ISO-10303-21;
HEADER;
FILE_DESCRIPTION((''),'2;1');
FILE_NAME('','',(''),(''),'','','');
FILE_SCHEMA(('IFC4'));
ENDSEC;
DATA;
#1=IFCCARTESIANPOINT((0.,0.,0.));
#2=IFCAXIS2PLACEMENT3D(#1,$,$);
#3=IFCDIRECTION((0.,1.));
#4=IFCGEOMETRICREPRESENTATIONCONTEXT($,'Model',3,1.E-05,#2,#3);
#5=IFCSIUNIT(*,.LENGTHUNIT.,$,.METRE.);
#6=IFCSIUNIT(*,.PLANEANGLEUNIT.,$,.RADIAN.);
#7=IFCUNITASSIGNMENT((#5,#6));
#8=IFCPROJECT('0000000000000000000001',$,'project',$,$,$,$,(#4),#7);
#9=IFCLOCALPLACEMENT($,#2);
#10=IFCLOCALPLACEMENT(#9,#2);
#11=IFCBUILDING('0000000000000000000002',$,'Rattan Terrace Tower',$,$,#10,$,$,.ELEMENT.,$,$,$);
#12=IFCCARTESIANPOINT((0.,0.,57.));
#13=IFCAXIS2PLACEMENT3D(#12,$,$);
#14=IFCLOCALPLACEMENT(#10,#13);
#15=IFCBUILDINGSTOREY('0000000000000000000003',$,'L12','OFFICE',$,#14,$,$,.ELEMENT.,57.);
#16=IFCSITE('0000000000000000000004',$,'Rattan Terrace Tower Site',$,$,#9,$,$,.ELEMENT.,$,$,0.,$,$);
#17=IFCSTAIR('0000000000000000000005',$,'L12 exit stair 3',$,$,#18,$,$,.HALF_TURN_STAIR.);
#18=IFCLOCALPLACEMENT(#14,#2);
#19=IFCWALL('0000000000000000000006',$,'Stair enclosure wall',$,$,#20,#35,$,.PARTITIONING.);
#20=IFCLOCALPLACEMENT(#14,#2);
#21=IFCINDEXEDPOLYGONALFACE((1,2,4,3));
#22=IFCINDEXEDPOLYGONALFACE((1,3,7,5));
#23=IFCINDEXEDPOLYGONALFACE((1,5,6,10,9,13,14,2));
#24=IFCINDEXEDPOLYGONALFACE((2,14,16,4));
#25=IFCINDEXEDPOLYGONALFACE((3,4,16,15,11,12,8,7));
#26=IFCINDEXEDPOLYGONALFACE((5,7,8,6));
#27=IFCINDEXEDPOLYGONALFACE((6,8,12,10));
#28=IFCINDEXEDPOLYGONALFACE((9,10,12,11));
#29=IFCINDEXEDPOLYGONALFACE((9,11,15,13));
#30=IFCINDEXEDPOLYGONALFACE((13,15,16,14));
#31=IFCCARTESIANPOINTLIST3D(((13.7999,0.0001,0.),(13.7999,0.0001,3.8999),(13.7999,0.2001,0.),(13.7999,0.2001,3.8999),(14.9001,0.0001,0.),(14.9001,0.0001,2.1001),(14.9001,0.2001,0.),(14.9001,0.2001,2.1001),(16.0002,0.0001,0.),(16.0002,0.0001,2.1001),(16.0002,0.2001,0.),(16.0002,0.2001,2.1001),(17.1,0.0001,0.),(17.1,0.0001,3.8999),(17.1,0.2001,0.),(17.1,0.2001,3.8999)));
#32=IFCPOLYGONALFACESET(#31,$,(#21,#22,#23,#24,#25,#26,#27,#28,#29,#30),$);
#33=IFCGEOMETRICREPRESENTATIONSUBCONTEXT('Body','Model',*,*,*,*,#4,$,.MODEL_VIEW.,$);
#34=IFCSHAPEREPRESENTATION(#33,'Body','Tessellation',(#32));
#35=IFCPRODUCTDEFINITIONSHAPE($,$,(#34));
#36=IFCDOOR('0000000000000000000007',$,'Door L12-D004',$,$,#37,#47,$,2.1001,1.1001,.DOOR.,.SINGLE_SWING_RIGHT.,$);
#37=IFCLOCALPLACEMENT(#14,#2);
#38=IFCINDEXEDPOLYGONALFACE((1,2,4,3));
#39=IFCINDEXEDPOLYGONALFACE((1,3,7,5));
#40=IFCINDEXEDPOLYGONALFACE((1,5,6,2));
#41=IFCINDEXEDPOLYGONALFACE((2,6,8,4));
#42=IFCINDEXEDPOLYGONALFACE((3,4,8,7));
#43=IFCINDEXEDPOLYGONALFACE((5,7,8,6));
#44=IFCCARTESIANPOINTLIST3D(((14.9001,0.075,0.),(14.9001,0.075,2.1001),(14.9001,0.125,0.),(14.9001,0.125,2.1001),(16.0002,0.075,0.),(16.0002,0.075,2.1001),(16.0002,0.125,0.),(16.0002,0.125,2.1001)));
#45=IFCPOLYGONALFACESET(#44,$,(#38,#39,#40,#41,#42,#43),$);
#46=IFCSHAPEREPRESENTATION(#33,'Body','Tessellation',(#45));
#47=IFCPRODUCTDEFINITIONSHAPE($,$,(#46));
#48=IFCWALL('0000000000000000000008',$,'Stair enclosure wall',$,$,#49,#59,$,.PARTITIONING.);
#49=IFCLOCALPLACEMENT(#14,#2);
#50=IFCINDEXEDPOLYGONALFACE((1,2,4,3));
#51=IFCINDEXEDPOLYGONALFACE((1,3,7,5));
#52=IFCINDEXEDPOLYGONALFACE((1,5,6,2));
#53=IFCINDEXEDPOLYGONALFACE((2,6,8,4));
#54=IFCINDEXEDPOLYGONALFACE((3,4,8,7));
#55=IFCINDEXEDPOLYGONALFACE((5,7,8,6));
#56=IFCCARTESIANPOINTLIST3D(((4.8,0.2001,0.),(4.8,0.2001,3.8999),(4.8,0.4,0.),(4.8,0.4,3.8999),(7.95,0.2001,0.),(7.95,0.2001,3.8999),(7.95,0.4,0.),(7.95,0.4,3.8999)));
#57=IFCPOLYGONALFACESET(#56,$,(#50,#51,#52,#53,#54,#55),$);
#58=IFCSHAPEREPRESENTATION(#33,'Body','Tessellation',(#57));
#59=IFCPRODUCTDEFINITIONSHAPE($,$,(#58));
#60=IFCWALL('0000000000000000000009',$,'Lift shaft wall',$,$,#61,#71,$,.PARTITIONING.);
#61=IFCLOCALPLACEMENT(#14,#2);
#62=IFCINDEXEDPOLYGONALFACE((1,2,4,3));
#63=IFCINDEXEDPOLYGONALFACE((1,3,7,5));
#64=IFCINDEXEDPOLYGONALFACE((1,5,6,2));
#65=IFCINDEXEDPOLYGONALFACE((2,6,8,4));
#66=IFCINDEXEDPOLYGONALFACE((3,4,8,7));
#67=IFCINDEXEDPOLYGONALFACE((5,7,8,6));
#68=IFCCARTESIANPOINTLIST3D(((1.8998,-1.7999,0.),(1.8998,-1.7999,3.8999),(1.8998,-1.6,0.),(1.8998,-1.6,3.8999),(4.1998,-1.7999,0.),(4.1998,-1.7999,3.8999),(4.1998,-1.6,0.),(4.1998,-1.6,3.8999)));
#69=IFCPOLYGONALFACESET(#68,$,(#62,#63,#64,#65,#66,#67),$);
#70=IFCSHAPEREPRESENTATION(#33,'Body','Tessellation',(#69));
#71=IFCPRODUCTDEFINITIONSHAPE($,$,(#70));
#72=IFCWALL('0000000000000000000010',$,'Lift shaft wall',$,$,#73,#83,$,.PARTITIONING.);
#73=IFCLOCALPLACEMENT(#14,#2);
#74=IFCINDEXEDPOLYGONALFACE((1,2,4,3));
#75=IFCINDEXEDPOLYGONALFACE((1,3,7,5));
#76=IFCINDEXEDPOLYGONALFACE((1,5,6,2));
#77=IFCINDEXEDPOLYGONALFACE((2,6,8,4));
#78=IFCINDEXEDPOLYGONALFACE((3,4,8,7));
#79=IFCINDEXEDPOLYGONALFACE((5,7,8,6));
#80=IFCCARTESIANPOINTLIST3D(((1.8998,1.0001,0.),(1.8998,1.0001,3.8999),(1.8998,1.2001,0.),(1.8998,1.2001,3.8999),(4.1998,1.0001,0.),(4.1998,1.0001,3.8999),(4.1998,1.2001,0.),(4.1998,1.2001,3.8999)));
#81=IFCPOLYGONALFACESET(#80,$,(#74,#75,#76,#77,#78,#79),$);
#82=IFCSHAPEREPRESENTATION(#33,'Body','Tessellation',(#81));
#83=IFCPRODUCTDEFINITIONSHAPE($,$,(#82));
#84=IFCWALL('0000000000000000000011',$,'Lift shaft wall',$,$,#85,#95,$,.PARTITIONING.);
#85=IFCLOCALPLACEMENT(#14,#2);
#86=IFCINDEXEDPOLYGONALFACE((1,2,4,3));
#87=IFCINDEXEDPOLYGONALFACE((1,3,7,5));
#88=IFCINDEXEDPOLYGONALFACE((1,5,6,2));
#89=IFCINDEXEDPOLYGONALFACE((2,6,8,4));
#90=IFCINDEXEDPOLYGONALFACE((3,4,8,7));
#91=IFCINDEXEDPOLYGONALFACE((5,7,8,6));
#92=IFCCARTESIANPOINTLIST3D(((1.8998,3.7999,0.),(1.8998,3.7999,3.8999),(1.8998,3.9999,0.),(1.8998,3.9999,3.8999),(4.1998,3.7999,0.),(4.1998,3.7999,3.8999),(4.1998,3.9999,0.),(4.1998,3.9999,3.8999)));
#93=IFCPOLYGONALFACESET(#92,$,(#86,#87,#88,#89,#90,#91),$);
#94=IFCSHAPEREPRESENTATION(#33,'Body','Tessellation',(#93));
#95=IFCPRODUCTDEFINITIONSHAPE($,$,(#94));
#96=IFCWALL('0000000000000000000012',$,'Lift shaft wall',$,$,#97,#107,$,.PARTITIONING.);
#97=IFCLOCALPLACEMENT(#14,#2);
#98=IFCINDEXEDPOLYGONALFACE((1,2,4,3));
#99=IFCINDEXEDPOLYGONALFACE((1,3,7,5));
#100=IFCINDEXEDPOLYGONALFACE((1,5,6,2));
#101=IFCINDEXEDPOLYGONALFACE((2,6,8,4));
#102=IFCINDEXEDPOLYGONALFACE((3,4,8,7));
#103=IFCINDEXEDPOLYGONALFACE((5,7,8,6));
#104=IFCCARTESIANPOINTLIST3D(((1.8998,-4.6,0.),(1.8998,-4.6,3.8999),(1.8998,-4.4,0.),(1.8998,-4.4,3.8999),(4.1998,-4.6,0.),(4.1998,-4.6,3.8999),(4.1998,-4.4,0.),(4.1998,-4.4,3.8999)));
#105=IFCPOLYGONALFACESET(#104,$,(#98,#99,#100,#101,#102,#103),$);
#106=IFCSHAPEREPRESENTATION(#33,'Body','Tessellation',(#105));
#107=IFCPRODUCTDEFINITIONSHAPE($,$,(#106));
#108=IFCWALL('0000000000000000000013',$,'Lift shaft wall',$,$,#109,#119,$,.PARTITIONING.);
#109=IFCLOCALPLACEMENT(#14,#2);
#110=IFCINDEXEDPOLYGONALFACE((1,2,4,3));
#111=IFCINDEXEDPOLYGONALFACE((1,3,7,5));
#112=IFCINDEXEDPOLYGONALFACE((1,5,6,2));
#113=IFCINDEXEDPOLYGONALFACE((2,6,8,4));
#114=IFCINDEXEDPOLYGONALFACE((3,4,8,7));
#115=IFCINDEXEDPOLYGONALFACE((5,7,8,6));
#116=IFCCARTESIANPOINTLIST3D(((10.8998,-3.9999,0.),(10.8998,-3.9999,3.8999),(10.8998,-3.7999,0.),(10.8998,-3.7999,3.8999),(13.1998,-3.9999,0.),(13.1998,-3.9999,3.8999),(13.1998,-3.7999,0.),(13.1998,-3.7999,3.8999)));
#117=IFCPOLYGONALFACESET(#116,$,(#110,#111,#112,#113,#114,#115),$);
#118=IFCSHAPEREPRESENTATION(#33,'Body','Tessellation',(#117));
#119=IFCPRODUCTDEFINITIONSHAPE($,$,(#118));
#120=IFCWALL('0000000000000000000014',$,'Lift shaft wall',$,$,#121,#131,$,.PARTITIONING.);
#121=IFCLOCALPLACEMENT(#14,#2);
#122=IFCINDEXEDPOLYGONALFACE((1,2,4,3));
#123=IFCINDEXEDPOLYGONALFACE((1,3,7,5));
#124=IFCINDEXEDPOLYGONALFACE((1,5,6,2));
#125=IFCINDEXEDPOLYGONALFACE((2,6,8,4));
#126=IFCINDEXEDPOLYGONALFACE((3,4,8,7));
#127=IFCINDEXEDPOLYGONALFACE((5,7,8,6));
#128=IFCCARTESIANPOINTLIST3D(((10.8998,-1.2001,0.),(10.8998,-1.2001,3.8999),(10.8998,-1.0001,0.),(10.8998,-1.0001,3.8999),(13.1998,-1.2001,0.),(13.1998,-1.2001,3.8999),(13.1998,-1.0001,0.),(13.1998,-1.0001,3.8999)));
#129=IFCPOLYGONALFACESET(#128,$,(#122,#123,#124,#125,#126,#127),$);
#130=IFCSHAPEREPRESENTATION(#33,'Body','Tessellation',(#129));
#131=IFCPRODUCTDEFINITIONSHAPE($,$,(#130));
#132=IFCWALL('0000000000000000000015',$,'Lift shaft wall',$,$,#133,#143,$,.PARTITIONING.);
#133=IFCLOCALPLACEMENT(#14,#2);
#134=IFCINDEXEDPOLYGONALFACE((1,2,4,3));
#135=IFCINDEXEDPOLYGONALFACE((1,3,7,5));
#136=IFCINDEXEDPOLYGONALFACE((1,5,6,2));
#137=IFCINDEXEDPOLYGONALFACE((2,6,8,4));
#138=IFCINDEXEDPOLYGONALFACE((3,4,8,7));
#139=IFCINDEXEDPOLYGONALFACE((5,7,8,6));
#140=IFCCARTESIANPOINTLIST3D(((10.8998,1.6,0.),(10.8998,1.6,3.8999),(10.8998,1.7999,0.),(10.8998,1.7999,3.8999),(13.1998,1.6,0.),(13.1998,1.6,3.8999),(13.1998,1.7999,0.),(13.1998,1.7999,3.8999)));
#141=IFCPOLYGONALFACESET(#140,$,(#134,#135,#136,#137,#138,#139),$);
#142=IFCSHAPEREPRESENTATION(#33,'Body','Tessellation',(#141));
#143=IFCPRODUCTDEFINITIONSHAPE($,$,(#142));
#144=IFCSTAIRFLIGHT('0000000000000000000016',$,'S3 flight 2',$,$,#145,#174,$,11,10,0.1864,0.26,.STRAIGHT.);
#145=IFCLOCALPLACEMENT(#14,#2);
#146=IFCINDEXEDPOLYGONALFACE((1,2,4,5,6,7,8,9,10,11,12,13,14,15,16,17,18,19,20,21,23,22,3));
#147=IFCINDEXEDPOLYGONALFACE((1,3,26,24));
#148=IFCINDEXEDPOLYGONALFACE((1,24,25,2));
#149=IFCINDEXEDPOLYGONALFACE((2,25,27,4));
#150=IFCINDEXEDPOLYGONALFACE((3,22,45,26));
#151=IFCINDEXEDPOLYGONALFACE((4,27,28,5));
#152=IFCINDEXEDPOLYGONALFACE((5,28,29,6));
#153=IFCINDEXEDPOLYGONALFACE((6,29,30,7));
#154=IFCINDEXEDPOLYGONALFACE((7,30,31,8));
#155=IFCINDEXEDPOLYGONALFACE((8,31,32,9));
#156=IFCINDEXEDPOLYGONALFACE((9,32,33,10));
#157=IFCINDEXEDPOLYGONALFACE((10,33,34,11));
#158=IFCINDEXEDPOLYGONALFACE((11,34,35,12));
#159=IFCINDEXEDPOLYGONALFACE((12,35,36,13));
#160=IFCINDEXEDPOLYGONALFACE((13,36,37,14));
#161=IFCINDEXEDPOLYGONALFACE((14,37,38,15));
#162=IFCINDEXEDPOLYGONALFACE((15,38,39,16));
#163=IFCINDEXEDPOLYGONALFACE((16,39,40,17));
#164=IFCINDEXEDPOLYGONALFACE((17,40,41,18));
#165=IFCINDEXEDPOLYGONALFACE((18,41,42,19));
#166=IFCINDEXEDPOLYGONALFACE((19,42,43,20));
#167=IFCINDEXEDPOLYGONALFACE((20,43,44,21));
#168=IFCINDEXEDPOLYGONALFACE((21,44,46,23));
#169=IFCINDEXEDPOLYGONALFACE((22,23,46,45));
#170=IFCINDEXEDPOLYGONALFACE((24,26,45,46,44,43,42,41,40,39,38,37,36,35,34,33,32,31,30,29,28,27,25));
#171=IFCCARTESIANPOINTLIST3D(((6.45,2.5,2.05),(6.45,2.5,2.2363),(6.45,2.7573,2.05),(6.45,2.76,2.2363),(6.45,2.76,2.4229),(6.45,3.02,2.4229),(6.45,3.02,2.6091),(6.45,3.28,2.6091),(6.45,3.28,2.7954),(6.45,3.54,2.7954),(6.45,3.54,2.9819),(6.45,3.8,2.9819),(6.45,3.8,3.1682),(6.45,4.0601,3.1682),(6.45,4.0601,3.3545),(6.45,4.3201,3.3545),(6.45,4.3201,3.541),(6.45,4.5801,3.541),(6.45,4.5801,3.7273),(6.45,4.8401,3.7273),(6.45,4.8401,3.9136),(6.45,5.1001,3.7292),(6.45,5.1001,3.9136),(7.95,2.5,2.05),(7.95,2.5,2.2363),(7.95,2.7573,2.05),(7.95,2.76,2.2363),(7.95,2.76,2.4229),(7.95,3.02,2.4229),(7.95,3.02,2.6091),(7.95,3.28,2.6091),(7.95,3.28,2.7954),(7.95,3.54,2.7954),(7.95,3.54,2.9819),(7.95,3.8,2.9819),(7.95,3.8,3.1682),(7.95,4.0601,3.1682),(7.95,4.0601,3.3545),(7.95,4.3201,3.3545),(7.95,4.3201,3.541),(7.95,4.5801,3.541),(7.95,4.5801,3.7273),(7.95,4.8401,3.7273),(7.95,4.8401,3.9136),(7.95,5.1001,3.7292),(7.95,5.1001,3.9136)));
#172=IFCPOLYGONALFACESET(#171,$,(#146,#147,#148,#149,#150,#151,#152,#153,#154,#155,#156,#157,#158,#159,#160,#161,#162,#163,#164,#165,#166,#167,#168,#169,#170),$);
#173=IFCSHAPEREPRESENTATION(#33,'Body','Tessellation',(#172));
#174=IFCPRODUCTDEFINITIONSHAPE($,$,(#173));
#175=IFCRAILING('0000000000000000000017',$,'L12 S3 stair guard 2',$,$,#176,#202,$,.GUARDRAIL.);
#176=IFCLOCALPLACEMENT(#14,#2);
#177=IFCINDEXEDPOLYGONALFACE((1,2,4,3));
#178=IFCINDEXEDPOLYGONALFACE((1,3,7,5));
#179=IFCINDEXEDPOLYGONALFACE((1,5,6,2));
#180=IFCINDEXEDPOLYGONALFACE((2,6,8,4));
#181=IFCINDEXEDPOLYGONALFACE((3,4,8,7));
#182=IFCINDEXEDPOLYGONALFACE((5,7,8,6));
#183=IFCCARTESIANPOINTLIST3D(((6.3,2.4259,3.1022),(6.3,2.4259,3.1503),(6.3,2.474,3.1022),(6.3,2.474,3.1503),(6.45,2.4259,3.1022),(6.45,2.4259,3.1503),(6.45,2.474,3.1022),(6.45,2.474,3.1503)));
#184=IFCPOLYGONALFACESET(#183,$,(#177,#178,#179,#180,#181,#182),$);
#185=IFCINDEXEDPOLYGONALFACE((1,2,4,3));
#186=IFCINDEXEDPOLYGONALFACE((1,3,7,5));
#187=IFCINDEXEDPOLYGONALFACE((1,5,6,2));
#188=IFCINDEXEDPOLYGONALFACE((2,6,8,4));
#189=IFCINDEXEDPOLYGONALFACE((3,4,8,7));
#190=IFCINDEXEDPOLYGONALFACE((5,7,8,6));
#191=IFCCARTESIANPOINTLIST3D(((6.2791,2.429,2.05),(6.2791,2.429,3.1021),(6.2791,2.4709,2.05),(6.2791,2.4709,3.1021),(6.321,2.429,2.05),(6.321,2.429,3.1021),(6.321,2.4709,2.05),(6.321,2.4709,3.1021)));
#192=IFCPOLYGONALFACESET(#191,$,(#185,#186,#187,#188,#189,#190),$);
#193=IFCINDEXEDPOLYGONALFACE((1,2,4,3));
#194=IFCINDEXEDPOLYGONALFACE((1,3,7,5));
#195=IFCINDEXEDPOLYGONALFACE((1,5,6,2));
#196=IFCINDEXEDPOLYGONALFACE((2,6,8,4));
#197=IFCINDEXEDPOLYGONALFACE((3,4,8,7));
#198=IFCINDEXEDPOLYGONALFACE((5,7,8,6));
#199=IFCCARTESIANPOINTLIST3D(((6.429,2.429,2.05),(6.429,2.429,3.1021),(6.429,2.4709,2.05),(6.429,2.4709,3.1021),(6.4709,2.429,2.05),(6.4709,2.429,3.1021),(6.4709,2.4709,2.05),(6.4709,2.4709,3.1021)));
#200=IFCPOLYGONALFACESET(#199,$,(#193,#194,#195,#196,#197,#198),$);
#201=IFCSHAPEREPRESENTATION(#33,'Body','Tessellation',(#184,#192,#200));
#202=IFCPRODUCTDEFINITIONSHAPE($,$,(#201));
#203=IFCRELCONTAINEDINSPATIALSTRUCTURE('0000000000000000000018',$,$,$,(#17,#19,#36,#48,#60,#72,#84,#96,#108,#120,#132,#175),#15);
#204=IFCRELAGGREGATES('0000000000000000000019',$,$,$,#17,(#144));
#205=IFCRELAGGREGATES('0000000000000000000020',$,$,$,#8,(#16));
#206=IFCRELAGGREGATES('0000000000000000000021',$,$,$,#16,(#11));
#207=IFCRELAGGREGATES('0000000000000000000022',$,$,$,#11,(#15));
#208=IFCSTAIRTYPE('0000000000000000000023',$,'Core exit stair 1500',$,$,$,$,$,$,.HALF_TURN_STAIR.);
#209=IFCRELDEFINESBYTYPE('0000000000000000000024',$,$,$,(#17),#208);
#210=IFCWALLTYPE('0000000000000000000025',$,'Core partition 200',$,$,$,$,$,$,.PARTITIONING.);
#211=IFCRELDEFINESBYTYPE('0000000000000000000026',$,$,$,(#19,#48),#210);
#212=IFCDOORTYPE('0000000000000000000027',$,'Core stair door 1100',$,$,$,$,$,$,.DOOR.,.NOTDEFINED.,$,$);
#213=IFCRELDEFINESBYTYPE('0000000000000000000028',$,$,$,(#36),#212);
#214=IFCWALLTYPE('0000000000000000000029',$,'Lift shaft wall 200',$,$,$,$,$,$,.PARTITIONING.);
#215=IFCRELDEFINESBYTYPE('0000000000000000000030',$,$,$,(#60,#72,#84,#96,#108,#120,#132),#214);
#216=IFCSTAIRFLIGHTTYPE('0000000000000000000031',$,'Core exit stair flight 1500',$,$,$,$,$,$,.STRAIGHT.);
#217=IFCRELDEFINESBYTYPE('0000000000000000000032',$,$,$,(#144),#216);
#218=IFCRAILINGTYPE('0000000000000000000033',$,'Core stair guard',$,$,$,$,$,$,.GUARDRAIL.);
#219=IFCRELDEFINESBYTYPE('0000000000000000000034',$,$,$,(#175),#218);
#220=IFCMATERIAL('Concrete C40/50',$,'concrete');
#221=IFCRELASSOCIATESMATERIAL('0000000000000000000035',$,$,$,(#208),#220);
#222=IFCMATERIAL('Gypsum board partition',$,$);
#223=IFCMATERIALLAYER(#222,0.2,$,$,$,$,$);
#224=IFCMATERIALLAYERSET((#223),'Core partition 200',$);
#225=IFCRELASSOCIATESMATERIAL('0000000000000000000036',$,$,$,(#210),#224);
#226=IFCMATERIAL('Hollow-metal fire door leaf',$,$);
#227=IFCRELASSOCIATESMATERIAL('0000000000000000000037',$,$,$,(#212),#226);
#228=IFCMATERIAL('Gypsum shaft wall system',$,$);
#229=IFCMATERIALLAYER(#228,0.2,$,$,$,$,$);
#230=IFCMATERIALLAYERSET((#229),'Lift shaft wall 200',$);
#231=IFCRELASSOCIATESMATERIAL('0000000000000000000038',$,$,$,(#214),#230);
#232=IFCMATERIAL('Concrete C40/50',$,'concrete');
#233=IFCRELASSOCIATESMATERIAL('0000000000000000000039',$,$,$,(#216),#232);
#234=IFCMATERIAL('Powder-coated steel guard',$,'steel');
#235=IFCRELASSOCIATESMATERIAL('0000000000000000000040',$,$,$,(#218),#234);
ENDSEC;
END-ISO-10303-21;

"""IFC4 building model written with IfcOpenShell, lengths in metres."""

from ifc_helpers import new_model, si_unit, direction, frame, frame_2d, origin, origin_2d, place, context, subcontext, project, spatial, polyline, rectangle, outline, extrude, material, layer, layer_set, type_object, element, fill, aggregate, save


model = new_model("IFC4")

# Units and contexts
model_context = context("Model", 3, precision=1e-05, world=origin(), true_north=direction((0.0, 1.0)))
body_context = subcontext(model_context, "Body", "Model", "MODEL_VIEW")
ifc_project = project(units=[si_unit("LENGTHUNIT", "METRE"), si_unit("PLANEANGLEUNIT", "RADIAN")], contexts=[model_context])

# Site, building, storey
site_placement = place(None, origin())
site = spatial("IfcSite", under=ifc_project, at=site_placement, Name="Rattan Terrace Tower Site", CompositionType="ELEMENT", RefElevation=0.0)
building_placement = place(site_placement, origin())
building = spatial("IfcBuilding", under=site, at=building_placement, Name="Rattan Terrace Tower", CompositionType="ELEMENT")
storey_placement = place(building_placement, frame((0.0, 0.0, 57.0)))
storey = spatial("IfcBuildingStorey", under=building, at=storey_placement, Name="L12", Description="OFFICE", CompositionType="ELEMENT", Elevation=57.0)

# Stair
ifc_material_1 = material(Name="Concrete C40/50", Category="concrete")
stair_type = type_object("IfcStairType", Name="Core exit stair 1500", PredefinedType="HALF_TURN_STAIR", material=ifc_material_1)
stair_1_placement = place(storey_placement, origin())
stair_1 = element("IfcStair", 1, at=stair_1_placement, inside=storey, type_object=stair_type, Name="L12 exit stair 3", PredefinedType="HALF_TURN_STAIR")

# Wall, opening, door
ifc_material_2 = material(Name="Gypsum board partition")
ifc_layer_1 = layer(ifc_material_2, 0.2)
ifc_layer_set_1 = layer_set([ifc_layer_1], Name="Core partition 200")
wall_type_1 = type_object("IfcWallType", Name="Core partition 200", PredefinedType="PARTITIONING", material=ifc_layer_set_1)
wall_1_placement = place(storey_placement, frame((13.8, 0.1001, 0.0), z_axis=(0.0, 0.0, 1.0), x_axis=(1.0, 0.0, 0.0)))
wall_1 = element("IfcWall", 2, at=wall_1_placement, inside=storey, type_object=wall_type_1, Name="Stair enclosure wall", PredefinedType="PARTITIONING", context=body_context, shape_type="SweptSolid", body=[
    extrude(rectangle(XDim=3.3, YDim=0.2, at=frame_2d((1.6499, 0.0))), origin(), (0.0, 0.0, 1.0), 3.8999),
])
opening_1_placement = place(wall_1_placement, frame((1.1001, 0.0, 0.0)))
opening_1 = element("IfcOpeningElement", 3, at=opening_1_placement, cuts=wall_1, PredefinedType="OPENING", context=body_context, shape_type="SweptSolid", body=[
    extrude(rectangle(XDim=1.1001, YDim=2.1001, at=frame_2d((0.55, 1.05))), frame((0.0, 0.1106, 0.0), z_axis=(0.0, -1.0, 0.0), x_axis=(1.0, 0.0, 0.0)), (0.0, 0.0, 1.0), 0.2209),
])
ifc_material_3 = material(Name="Hollow-metal fire door leaf")
door_type_1 = type_object("IfcDoorType", Name="Core stair door 1100", OperationType="NOTDEFINED", PredefinedType="DOOR", material=ifc_material_3)
door_1_placement = place(opening_1_placement, origin())
door_1 = element("IfcDoor", 4, at=door_1_placement, inside=storey, type_object=door_type_1, Name="Door L12-D004", OperationType="SINGLE_SWING_RIGHT", OverallHeight=2.1001, OverallWidth=1.1001, PredefinedType="DOOR", context=body_context, shape_type="SweptSolid", body=[
    extrude(rectangle(XDim=1.1001, YDim=2.1001, at=frame_2d((0.55, 1.05))), frame((0.0, 0.0249, 0.0), z_axis=(0.0, -1.0, 0.0), x_axis=(1.0, 0.0, 0.0)), (0.0, 0.0, 1.0), 0.05),
])
fill(opening_1, door_1)

# Walls
wall_2_placement = place(storey_placement, frame((4.8, 0.3, 0.0), z_axis=(0.0, 0.0, 1.0), x_axis=(1.0, 0.0, 0.0)))
element("IfcWall", 5, at=wall_2_placement, inside=storey, type_object=wall_type_1, Name="Stair enclosure wall", PredefinedType="PARTITIONING", context=body_context, shape_type="SweptSolid", body=[
    extrude(rectangle(XDim=3.1499, YDim=0.2, at=frame_2d((1.575, 0.0))), origin(), (0.0, 0.0, 1.0), 3.8999),
])
ifc_material_4 = material(Name="Gypsum shaft wall system")
ifc_layer_2 = layer(ifc_material_4, 0.2)
ifc_layer_set_2 = layer_set([ifc_layer_2], Name="Lift shaft wall 200")
wall_type_2 = type_object("IfcWallType", Name="Lift shaft wall 200", PredefinedType="PARTITIONING", material=ifc_layer_set_2)
for number, where, z_axis, x_axis, name in (
    (6, (1.8999, -1.7, 0.0), (0.0, 0.0, 1.0), (1.0, 0.0, 0.0), "Lift shaft wall"),
    (7, (1.8999, 1.1001, 0.0), (0.0, 0.0, 1.0), (1.0, 0.0, 0.0), "Lift shaft wall"),
    (8, (1.8999, 3.8999, 0.0), (0.0, 0.0, 1.0), (1.0, 0.0, 0.0), "Lift shaft wall"),
    (9, (1.8999, -4.5, 0.0), (0.0, 0.0, 1.0), (1.0, 0.0, 0.0), "Lift shaft wall"),
    (10, (10.8999, -3.8999, 0.0), (0.0, 0.0, 1.0), (1.0, 0.0, 0.0), "Lift shaft wall"),
    (11, (10.8999, -1.1001, 0.0), (0.0, 0.0, 1.0), (1.0, 0.0, 0.0), "Lift shaft wall"),
    (12, (10.8999, 1.7, 0.0), (0.0, 0.0, 1.0), (1.0, 0.0, 0.0), "Lift shaft wall"),
):
    element("IfcWall", number, at=place(storey_placement, frame(where, z_axis=z_axis, x_axis=x_axis)), inside=storey, type_object=wall_type_2, Name=name, PredefinedType="PARTITIONING", context=body_context, shape_type="SweptSolid", body=[
        extrude(rectangle(XDim=2.3, YDim=0.2, at=frame_2d((1.1499, 0.0))), origin(), (0.0, 0.0, 1.0), 3.8999),
    ])

# Stair flight
ifc_material_5 = material(Name="Concrete C40/50", Category="concrete")
stair_flight_type = type_object("IfcStairFlightType", Name="Core exit stair flight 1500", PredefinedType="STRAIGHT", material=ifc_material_5)
stair_flight_placement = place(storey_placement, frame((7.2, 2.5, 2.05), z_axis=(0.0, 0.0, 1.0), x_axis=(0.0, 1.0, 0.0)))
stair_flight = element("IfcStairFlight", 13, at=stair_flight_placement, type_object=stair_flight_type, Name="S3 flight 2", NumberOfRisers=11, NumberOfTreads=10, PredefinedType="STRAIGHT", RiserHeight=0.1864, TreadLength=0.26, context=body_context, shape_type="SweptSolid", body=[
    extrude(outline(polyline([(0.0, 0.0), (0.0, 0.1863), (0.26, 0.1863), (0.26, 0.3728), (0.52, 0.3728), (0.52, 0.5591), (0.78, 0.5591), (0.78, 0.7454), (1.04, 0.7454), (1.04, 0.9319), (1.3, 0.9319), (1.3, 1.1182), (1.5601, 1.1182), (1.5601, 1.3044), (1.8201, 1.3044), (1.8201, 1.491), (2.0801, 1.491), (2.0801, 1.6772), (2.3401, 1.6772), (2.3401, 1.8635), (2.6001, 1.8635), (2.6001, 2.05), (2.6001, 1.6792), (0.2573, 0.0), (0.0, 0.0)])), frame((0.0, 0.75, 0.0), z_axis=(0.0, -1.0, 0.0), x_axis=(1.0, 0.0, 0.0)), (0.0, 0.0, 1.0), 1.5),
])
aggregate(stair_1, [stair_flight])

# Railing
ifc_material_6 = material(Name="Powder-coated steel guard", Category="steel")
railing_type_1 = type_object("IfcRailingType", Name="Core stair guard", PredefinedType="GUARDRAIL", material=ifc_material_6)
railing_1_placement = place(storey_placement, frame((6.3, 2.45, 2.05)))
element("IfcRailing", 14, at=railing_1_placement, inside=storey, type_object=railing_type_1, Name="L12 S3 stair guard 2", PredefinedType="GUARDRAIL", context=body_context, shape_type="SweptSolid", body=[
    extrude(rectangle(XDim=0.0481, YDim=0.0481, at=origin_2d()), frame((0.0, 0.0, 1.0762), z_axis=(1.0, 0.0, 0.0), x_axis=(0.0, 1.0, 0.0)), (0.0, 0.0, 1.0), 0.1499),
    extrude(rectangle(XDim=0.042, YDim=0.042, at=origin_2d()), origin(), (0.0, 0.0, 1.0), 1.052),
    extrude(rectangle(XDim=0.042, YDim=0.042, at=origin_2d()), frame((0.1499, 0.0, 0.0)), (0.0, 0.0, 1.0), 1.052),
])

save(model, "model.ifc")
